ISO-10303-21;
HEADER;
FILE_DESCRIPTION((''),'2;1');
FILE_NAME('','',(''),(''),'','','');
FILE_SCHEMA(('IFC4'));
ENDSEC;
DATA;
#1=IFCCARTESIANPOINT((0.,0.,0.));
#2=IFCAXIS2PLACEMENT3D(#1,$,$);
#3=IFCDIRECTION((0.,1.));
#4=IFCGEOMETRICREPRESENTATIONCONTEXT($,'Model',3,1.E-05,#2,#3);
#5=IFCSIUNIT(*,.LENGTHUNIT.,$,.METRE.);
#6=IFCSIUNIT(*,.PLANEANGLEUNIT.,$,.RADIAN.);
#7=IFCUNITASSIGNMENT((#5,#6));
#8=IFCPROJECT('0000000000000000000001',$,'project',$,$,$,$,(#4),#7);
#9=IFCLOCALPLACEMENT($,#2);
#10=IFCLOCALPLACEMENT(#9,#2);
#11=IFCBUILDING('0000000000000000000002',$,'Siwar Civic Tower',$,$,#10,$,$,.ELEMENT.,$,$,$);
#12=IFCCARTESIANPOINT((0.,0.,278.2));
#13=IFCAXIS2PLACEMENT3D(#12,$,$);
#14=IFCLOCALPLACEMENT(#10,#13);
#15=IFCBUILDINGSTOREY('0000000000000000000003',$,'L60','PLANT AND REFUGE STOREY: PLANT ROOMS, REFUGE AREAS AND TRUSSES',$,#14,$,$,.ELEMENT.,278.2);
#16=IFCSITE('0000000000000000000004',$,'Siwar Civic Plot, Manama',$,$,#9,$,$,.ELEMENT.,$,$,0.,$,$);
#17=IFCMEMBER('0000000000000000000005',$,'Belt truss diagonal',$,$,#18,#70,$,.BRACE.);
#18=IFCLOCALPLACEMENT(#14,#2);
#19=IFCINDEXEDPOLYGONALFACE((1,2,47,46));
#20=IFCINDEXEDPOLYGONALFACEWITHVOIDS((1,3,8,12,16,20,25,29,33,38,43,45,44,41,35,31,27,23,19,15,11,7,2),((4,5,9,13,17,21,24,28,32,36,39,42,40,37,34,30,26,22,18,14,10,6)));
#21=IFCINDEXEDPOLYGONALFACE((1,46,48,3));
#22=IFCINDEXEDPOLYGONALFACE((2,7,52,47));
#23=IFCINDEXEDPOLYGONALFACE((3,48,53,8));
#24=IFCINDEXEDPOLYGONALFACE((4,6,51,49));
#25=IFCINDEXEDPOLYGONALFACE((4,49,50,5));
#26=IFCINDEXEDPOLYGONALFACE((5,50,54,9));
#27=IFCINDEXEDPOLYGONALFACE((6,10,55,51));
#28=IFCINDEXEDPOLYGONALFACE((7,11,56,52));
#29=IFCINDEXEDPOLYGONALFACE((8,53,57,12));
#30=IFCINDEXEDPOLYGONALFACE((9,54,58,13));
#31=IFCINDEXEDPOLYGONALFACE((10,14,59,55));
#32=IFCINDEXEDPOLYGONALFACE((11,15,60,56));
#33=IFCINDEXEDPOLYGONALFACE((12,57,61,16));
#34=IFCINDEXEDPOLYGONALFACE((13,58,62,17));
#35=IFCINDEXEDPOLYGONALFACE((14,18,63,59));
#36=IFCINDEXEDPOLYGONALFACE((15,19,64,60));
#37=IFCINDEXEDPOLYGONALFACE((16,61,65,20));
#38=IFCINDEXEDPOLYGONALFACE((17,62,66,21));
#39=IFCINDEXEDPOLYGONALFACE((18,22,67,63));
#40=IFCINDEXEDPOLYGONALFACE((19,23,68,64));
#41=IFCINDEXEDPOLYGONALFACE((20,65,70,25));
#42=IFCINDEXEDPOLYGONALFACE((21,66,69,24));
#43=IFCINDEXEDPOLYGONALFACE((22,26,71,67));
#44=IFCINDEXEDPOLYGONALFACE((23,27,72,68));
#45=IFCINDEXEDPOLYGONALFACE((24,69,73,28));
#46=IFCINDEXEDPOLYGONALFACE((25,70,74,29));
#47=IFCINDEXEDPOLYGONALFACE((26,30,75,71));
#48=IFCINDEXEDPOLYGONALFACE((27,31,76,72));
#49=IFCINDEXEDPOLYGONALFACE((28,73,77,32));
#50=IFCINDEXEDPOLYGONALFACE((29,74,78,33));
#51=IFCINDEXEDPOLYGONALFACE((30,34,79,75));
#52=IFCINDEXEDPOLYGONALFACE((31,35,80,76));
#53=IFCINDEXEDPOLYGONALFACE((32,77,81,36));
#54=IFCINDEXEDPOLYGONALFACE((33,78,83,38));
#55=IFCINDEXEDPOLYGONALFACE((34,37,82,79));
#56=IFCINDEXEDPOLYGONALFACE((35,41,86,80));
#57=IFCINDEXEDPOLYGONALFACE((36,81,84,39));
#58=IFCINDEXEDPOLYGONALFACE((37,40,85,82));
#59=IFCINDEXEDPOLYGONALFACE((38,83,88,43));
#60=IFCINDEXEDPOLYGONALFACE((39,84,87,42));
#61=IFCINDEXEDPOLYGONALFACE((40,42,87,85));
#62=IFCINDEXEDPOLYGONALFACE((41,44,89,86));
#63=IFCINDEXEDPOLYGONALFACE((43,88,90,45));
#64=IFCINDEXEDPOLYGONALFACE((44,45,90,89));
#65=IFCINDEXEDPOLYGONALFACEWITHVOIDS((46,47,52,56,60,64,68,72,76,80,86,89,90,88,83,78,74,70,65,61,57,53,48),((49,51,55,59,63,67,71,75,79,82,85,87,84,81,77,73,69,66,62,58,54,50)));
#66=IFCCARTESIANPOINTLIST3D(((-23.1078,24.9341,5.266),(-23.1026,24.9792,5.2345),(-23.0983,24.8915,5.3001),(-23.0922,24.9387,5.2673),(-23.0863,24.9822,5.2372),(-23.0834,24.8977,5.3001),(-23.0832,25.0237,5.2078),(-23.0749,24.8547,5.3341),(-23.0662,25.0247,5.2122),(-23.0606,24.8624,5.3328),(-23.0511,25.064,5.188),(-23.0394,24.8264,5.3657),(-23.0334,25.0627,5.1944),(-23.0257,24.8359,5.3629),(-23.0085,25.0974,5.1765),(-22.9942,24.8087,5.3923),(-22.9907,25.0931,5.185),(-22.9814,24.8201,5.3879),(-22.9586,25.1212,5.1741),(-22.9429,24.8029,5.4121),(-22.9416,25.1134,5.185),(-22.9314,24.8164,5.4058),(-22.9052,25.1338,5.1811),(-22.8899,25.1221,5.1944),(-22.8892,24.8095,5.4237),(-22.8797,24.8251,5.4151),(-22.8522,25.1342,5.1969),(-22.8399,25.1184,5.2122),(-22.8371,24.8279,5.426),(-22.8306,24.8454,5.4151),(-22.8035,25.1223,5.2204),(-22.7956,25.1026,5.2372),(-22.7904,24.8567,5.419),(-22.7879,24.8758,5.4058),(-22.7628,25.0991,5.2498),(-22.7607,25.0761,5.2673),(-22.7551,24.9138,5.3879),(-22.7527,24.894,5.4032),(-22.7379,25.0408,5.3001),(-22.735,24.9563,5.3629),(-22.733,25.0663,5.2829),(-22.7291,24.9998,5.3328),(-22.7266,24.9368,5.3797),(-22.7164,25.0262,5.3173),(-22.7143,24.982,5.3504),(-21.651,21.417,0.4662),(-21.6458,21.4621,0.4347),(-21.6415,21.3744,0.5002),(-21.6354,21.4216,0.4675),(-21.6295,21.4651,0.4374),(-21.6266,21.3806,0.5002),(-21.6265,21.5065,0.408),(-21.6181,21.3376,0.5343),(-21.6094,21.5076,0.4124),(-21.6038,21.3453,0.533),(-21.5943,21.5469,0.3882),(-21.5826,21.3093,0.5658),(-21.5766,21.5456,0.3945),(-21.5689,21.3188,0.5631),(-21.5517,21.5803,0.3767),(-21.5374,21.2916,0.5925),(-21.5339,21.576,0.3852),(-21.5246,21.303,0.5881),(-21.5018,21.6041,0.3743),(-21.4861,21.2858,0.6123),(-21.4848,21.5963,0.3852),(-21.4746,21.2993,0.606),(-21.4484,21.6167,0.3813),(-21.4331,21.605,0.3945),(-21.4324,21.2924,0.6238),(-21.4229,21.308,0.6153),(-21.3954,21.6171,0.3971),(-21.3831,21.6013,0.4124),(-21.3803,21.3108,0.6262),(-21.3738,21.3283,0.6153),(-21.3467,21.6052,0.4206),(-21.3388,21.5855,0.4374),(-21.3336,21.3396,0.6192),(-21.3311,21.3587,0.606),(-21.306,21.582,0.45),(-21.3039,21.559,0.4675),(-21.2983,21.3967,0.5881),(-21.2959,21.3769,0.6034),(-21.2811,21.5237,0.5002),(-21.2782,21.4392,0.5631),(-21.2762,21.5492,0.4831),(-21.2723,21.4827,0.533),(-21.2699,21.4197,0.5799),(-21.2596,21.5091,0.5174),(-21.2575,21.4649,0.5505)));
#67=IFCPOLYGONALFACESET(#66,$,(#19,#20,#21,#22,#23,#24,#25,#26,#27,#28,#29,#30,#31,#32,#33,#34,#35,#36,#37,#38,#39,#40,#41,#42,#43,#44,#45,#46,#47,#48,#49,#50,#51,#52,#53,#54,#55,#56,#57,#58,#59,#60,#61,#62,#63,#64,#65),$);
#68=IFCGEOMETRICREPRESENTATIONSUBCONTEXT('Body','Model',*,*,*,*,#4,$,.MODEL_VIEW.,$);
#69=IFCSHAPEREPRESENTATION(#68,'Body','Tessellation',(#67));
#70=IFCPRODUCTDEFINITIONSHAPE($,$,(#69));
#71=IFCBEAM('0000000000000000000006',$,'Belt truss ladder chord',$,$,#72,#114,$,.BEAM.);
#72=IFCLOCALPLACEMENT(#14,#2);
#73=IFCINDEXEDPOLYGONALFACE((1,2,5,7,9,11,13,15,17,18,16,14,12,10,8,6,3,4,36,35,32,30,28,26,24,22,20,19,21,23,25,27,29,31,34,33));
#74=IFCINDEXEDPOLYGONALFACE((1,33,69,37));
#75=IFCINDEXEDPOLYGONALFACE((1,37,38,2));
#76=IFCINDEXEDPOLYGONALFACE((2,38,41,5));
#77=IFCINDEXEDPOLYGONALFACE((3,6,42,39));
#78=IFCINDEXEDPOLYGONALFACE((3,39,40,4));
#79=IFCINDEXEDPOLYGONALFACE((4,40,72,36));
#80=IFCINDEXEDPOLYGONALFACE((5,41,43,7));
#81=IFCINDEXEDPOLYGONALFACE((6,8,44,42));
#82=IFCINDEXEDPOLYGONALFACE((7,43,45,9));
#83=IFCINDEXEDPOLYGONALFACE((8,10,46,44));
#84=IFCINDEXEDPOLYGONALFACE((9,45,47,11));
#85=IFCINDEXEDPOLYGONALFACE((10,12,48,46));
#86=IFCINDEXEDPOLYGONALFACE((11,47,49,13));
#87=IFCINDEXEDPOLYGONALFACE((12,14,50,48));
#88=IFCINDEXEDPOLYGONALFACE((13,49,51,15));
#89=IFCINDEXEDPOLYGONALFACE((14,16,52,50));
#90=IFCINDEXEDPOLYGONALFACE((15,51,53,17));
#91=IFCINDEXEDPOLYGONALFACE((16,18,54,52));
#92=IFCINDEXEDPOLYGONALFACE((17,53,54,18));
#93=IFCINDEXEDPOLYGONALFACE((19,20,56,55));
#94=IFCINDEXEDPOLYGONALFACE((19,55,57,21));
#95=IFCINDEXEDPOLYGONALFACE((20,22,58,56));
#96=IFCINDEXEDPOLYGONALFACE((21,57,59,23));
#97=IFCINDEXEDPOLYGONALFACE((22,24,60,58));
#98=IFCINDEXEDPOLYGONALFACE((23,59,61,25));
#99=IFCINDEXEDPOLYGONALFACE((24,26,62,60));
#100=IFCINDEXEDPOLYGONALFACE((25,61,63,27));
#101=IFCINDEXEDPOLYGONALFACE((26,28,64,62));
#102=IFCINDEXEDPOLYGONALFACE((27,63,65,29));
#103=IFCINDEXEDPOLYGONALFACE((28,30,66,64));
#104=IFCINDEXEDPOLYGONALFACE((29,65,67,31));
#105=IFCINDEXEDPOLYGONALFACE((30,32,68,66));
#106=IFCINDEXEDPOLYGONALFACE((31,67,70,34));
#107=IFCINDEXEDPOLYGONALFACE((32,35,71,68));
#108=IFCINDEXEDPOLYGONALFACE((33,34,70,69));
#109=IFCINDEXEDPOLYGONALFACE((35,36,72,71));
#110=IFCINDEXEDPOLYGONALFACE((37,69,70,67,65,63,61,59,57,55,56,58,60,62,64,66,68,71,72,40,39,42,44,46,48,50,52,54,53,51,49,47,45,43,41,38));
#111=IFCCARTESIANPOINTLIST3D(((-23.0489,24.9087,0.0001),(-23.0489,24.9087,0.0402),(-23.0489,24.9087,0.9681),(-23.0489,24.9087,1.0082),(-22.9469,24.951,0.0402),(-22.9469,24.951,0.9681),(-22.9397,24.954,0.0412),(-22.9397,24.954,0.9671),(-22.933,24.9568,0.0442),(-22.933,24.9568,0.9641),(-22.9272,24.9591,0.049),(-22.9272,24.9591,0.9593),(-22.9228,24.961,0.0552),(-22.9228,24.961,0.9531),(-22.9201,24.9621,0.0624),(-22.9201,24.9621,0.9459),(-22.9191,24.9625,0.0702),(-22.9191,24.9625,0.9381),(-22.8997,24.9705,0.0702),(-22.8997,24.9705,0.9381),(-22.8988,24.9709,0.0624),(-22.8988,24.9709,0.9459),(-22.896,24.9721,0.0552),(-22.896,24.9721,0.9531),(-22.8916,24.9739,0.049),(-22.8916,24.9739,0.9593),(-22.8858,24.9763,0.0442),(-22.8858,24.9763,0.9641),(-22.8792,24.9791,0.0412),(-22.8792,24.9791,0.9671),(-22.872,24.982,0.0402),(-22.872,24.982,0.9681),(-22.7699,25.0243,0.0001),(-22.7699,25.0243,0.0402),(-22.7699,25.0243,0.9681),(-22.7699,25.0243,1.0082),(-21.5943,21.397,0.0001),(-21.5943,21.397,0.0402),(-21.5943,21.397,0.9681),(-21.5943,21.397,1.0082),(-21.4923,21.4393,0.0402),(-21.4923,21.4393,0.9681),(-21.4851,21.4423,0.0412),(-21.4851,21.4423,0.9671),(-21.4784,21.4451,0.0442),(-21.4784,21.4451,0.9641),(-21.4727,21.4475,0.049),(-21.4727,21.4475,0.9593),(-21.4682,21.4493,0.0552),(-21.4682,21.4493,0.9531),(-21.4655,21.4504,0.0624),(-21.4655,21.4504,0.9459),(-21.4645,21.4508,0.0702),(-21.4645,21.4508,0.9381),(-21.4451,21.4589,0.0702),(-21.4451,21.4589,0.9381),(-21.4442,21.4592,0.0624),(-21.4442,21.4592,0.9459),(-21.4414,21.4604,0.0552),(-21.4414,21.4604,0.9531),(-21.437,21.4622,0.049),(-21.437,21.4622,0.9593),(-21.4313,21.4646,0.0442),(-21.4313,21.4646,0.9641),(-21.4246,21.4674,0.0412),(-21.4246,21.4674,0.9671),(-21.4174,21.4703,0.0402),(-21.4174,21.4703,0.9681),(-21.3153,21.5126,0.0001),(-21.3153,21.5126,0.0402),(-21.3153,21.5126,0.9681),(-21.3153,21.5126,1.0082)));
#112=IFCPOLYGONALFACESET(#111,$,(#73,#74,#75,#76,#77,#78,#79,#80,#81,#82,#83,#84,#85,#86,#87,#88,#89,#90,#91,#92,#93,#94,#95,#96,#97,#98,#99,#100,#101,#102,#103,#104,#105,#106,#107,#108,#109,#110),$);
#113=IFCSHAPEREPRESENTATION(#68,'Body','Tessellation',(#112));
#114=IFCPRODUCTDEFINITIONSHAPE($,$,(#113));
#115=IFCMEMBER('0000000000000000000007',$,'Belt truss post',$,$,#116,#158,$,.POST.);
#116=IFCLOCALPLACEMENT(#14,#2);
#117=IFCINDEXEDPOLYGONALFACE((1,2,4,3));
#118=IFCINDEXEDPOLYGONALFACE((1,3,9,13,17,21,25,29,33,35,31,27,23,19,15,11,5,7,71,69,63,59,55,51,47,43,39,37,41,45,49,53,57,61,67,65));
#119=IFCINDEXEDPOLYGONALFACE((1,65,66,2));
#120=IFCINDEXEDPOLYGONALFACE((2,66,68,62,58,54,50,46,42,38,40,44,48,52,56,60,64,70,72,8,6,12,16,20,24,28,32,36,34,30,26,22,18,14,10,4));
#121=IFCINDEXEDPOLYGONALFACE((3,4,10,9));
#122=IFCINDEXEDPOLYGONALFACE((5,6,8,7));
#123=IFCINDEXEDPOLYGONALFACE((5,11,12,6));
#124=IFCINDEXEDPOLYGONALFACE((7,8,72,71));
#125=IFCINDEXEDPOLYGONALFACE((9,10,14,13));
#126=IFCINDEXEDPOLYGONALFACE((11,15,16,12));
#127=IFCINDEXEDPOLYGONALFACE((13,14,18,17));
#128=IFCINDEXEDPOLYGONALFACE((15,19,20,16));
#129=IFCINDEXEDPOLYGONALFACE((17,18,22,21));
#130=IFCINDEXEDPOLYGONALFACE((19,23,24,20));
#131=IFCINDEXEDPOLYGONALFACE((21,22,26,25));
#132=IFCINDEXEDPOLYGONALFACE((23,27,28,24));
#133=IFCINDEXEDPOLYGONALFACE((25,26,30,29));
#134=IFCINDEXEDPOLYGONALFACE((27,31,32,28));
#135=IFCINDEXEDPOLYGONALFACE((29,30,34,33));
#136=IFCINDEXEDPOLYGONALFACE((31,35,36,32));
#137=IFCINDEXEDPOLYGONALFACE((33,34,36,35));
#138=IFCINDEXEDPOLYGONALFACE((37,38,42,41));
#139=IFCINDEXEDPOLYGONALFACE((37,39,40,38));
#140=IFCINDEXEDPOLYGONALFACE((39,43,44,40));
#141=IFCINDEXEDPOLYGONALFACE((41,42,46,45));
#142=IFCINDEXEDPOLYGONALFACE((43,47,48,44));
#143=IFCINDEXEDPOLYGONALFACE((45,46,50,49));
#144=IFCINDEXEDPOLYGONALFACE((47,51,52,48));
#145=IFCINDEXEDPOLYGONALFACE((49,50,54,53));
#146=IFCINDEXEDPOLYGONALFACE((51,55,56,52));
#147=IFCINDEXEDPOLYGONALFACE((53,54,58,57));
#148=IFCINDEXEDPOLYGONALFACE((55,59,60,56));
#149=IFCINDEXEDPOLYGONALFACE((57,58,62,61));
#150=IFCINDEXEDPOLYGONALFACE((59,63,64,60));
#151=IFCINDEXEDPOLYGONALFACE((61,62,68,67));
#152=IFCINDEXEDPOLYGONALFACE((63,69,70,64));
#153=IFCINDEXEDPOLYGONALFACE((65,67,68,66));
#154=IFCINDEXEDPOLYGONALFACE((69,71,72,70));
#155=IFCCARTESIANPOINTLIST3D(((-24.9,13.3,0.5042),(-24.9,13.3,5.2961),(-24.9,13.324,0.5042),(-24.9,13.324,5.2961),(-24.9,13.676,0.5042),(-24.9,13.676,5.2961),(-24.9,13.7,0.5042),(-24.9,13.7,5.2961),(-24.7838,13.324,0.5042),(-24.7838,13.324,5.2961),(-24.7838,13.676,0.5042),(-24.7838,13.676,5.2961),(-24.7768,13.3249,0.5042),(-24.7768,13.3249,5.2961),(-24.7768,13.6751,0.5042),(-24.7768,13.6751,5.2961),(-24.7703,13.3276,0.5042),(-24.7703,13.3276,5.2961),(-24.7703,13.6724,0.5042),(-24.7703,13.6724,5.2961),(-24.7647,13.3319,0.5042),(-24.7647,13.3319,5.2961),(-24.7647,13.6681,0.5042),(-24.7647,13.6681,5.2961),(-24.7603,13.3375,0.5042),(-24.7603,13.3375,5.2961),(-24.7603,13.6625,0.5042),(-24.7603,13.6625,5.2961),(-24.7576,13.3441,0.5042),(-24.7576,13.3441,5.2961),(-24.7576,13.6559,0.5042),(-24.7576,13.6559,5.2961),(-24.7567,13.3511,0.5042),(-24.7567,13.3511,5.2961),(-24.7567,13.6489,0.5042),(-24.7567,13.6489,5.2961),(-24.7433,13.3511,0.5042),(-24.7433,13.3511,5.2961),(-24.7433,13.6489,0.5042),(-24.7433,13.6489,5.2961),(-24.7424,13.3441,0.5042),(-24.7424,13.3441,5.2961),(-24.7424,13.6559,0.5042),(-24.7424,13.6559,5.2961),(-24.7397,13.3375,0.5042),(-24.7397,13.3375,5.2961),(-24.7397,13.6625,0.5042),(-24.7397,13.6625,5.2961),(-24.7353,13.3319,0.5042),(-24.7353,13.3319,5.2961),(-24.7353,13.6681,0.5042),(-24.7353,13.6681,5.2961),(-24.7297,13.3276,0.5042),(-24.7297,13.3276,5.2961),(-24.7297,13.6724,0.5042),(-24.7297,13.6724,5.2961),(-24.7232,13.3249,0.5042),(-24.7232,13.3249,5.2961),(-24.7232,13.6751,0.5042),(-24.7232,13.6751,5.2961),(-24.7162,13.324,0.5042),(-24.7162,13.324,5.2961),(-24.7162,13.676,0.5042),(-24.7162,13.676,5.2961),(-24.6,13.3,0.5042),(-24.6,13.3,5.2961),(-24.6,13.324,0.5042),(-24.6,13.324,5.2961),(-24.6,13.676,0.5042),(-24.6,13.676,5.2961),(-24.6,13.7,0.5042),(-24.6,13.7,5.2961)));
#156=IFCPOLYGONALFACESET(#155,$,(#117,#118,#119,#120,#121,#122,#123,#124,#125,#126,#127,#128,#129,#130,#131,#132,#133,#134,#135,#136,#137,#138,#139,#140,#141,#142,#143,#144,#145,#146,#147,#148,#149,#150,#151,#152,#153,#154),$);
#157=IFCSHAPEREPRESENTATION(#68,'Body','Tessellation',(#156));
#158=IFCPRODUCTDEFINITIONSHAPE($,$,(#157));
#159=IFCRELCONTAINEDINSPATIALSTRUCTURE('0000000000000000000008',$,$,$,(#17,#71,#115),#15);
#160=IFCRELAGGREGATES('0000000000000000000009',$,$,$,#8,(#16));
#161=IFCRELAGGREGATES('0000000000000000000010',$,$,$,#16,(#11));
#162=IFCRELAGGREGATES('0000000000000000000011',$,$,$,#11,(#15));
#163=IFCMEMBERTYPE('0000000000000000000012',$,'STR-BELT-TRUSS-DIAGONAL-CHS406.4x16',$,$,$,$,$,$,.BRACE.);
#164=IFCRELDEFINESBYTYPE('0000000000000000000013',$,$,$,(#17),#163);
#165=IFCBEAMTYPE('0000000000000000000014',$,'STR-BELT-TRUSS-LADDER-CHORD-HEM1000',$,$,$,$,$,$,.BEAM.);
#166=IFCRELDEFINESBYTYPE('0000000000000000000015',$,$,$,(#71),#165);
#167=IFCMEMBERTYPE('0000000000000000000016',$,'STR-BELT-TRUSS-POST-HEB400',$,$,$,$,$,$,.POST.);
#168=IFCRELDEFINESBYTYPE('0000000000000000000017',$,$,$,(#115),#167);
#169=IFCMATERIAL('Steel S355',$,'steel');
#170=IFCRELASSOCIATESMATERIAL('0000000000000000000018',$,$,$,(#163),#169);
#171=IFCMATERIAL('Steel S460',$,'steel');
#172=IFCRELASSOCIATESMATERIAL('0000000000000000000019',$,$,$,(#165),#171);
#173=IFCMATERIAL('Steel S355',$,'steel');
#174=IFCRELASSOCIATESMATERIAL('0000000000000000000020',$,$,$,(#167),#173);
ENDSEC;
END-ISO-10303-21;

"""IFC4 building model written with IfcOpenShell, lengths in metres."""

from ifc_helpers import new_model, si_unit, direction, frame, origin, origin_2d, place, context, subcontext, project, spatial, hollow_circle, i_section, extrude, material, material_profile, profile_set, type_object, element, save


model = new_model("IFC4")

# Units and contexts
model_context = context("Model", 3, precision=1e-05, world=origin(), true_north=direction((0.0, 1.0)))
body_context = subcontext(model_context, "Body", "Model", "MODEL_VIEW")
ifc_project = project(units=[si_unit("LENGTHUNIT", "METRE"), si_unit("PLANEANGLEUNIT", "RADIAN")], contexts=[model_context])

# Site, building, storey
site_placement = place(None, origin())
site = spatial("IfcSite", under=ifc_project, at=site_placement, Name="Siwar Civic Plot, Manama", CompositionType="ELEMENT", RefElevation=0.0)
building_placement = place(site_placement, origin())
building = spatial("IfcBuilding", under=site, at=building_placement, Name="Siwar Civic Tower", CompositionType="ELEMENT")
storey_placement = place(building_placement, frame((0.0, 0.0, 278.2)))
storey = spatial("IfcBuildingStorey", under=building, at=storey_placement, Name="L60", Description="PLANT AND REFUGE STOREY: PLANT ROOMS, REFUGE AREAS AND TRUSSES", CompositionType="ELEMENT", Elevation=278.2)

# Member
ifc_material_1 = material(Name="Steel S355", Category="steel")
ifc_material_profile_1 = material_profile(ifc_material_1, hollow_circle(Radius=0.2031, WallThickness=0.0161, at=origin_2d()), Name="CHS406.4x16")
ifc_profile_set_1 = profile_set([ifc_material_profile_1], Name="Steel S355")
member_type_1 = type_object("IfcMemberType", Name="STR-BELT-TRUSS-DIAGONAL-CHS406.4x16", PredefinedType="BRACE", material=ifc_profile_set_1)
member_1_placement = place(storey_placement, frame((-21.4539, 21.4521, 0.5002), z_axis=(-0.237796, 0.574107, 0.783489), x_axis=(-0.923883, -0.382675, 0.0)))
element("IfcMember", 1, at=member_1_placement, inside=storey, type_object=member_type_1, Name="Belt truss diagonal", PredefinedType="BRACE", context=body_context, shape_type="SweptSolid", body=[
    extrude(hollow_circle(Radius=0.2031, WallThickness=0.0161, at=origin_2d()), origin(), (0.0, 0.0, 1.0), 6.1262),
])

# Beam
ifc_material_2 = material(Name="Steel S460", Category="steel")
ifc_material_profile_2 = material_profile(ifc_material_2, i_section(OverallWidth=0.302, OverallDepth=1.0081, WebThickness=0.021, FlangeThickness=0.04, FilletRadius=0.03, at=origin_2d()), Name="HEM1000")
ifc_profile_set_2 = profile_set([ifc_material_profile_2], Name="Steel S460")
beam_type_1 = type_object("IfcBeamType", Name="STR-BELT-TRUSS-LADDER-CHORD-HEM1000", PredefinedType="BEAM", material=ifc_profile_set_2)
beam_1_placement = place(storey_placement, frame((-21.4548, 21.4548, 0.5042), z_axis=(-0.382681, 0.923881, 0.0), x_axis=(-0.923881, -0.382681, 0.0)))
element("IfcBeam", 2, at=beam_1_placement, inside=storey, type_object=beam_type_1, Name="Belt truss ladder chord", PredefinedType="BEAM", context=body_context, shape_type="SweptSolid", body=[
    extrude(i_section(OverallWidth=0.302, OverallDepth=1.0081, WebThickness=0.021, FlangeThickness=0.04, FilletRadius=0.03, at=origin_2d()), origin(), (0.0, 0.0, 1.0), 3.801),
])

# Member
ifc_material_3 = material(Name="Steel S355", Category="steel")
ifc_material_profile_3 = material_profile(ifc_material_3, i_section(OverallWidth=0.3, OverallDepth=0.3999, WebThickness=0.0134, FlangeThickness=0.0239, FilletRadius=0.0271, at=origin_2d()), Name="HEB400")
ifc_profile_set_3 = profile_set([ifc_material_profile_3], Name="Steel S355")
member_type_2 = type_object("IfcMemberType", Name="STR-BELT-TRUSS-POST-HEB400", PredefinedType="POST", material=ifc_profile_set_3)
member_2_placement = place(storey_placement, frame((-24.75, 13.5, 0.5042), z_axis=(0.0, 0.0, 1.0), x_axis=(1.0, 0.0, 0.0)))
element("IfcMember", 3, at=member_2_placement, inside=storey, type_object=member_type_2, Name="Belt truss post", PredefinedType="POST", context=body_context, shape_type="SweptSolid", body=[
    extrude(i_section(OverallWidth=0.3, OverallDepth=0.3999, WebThickness=0.0134, FlangeThickness=0.0239, FilletRadius=0.0271, at=origin_2d()), origin(), (0.0, 0.0, 1.0), 4.792),
])

save(model, "model.ifc")
